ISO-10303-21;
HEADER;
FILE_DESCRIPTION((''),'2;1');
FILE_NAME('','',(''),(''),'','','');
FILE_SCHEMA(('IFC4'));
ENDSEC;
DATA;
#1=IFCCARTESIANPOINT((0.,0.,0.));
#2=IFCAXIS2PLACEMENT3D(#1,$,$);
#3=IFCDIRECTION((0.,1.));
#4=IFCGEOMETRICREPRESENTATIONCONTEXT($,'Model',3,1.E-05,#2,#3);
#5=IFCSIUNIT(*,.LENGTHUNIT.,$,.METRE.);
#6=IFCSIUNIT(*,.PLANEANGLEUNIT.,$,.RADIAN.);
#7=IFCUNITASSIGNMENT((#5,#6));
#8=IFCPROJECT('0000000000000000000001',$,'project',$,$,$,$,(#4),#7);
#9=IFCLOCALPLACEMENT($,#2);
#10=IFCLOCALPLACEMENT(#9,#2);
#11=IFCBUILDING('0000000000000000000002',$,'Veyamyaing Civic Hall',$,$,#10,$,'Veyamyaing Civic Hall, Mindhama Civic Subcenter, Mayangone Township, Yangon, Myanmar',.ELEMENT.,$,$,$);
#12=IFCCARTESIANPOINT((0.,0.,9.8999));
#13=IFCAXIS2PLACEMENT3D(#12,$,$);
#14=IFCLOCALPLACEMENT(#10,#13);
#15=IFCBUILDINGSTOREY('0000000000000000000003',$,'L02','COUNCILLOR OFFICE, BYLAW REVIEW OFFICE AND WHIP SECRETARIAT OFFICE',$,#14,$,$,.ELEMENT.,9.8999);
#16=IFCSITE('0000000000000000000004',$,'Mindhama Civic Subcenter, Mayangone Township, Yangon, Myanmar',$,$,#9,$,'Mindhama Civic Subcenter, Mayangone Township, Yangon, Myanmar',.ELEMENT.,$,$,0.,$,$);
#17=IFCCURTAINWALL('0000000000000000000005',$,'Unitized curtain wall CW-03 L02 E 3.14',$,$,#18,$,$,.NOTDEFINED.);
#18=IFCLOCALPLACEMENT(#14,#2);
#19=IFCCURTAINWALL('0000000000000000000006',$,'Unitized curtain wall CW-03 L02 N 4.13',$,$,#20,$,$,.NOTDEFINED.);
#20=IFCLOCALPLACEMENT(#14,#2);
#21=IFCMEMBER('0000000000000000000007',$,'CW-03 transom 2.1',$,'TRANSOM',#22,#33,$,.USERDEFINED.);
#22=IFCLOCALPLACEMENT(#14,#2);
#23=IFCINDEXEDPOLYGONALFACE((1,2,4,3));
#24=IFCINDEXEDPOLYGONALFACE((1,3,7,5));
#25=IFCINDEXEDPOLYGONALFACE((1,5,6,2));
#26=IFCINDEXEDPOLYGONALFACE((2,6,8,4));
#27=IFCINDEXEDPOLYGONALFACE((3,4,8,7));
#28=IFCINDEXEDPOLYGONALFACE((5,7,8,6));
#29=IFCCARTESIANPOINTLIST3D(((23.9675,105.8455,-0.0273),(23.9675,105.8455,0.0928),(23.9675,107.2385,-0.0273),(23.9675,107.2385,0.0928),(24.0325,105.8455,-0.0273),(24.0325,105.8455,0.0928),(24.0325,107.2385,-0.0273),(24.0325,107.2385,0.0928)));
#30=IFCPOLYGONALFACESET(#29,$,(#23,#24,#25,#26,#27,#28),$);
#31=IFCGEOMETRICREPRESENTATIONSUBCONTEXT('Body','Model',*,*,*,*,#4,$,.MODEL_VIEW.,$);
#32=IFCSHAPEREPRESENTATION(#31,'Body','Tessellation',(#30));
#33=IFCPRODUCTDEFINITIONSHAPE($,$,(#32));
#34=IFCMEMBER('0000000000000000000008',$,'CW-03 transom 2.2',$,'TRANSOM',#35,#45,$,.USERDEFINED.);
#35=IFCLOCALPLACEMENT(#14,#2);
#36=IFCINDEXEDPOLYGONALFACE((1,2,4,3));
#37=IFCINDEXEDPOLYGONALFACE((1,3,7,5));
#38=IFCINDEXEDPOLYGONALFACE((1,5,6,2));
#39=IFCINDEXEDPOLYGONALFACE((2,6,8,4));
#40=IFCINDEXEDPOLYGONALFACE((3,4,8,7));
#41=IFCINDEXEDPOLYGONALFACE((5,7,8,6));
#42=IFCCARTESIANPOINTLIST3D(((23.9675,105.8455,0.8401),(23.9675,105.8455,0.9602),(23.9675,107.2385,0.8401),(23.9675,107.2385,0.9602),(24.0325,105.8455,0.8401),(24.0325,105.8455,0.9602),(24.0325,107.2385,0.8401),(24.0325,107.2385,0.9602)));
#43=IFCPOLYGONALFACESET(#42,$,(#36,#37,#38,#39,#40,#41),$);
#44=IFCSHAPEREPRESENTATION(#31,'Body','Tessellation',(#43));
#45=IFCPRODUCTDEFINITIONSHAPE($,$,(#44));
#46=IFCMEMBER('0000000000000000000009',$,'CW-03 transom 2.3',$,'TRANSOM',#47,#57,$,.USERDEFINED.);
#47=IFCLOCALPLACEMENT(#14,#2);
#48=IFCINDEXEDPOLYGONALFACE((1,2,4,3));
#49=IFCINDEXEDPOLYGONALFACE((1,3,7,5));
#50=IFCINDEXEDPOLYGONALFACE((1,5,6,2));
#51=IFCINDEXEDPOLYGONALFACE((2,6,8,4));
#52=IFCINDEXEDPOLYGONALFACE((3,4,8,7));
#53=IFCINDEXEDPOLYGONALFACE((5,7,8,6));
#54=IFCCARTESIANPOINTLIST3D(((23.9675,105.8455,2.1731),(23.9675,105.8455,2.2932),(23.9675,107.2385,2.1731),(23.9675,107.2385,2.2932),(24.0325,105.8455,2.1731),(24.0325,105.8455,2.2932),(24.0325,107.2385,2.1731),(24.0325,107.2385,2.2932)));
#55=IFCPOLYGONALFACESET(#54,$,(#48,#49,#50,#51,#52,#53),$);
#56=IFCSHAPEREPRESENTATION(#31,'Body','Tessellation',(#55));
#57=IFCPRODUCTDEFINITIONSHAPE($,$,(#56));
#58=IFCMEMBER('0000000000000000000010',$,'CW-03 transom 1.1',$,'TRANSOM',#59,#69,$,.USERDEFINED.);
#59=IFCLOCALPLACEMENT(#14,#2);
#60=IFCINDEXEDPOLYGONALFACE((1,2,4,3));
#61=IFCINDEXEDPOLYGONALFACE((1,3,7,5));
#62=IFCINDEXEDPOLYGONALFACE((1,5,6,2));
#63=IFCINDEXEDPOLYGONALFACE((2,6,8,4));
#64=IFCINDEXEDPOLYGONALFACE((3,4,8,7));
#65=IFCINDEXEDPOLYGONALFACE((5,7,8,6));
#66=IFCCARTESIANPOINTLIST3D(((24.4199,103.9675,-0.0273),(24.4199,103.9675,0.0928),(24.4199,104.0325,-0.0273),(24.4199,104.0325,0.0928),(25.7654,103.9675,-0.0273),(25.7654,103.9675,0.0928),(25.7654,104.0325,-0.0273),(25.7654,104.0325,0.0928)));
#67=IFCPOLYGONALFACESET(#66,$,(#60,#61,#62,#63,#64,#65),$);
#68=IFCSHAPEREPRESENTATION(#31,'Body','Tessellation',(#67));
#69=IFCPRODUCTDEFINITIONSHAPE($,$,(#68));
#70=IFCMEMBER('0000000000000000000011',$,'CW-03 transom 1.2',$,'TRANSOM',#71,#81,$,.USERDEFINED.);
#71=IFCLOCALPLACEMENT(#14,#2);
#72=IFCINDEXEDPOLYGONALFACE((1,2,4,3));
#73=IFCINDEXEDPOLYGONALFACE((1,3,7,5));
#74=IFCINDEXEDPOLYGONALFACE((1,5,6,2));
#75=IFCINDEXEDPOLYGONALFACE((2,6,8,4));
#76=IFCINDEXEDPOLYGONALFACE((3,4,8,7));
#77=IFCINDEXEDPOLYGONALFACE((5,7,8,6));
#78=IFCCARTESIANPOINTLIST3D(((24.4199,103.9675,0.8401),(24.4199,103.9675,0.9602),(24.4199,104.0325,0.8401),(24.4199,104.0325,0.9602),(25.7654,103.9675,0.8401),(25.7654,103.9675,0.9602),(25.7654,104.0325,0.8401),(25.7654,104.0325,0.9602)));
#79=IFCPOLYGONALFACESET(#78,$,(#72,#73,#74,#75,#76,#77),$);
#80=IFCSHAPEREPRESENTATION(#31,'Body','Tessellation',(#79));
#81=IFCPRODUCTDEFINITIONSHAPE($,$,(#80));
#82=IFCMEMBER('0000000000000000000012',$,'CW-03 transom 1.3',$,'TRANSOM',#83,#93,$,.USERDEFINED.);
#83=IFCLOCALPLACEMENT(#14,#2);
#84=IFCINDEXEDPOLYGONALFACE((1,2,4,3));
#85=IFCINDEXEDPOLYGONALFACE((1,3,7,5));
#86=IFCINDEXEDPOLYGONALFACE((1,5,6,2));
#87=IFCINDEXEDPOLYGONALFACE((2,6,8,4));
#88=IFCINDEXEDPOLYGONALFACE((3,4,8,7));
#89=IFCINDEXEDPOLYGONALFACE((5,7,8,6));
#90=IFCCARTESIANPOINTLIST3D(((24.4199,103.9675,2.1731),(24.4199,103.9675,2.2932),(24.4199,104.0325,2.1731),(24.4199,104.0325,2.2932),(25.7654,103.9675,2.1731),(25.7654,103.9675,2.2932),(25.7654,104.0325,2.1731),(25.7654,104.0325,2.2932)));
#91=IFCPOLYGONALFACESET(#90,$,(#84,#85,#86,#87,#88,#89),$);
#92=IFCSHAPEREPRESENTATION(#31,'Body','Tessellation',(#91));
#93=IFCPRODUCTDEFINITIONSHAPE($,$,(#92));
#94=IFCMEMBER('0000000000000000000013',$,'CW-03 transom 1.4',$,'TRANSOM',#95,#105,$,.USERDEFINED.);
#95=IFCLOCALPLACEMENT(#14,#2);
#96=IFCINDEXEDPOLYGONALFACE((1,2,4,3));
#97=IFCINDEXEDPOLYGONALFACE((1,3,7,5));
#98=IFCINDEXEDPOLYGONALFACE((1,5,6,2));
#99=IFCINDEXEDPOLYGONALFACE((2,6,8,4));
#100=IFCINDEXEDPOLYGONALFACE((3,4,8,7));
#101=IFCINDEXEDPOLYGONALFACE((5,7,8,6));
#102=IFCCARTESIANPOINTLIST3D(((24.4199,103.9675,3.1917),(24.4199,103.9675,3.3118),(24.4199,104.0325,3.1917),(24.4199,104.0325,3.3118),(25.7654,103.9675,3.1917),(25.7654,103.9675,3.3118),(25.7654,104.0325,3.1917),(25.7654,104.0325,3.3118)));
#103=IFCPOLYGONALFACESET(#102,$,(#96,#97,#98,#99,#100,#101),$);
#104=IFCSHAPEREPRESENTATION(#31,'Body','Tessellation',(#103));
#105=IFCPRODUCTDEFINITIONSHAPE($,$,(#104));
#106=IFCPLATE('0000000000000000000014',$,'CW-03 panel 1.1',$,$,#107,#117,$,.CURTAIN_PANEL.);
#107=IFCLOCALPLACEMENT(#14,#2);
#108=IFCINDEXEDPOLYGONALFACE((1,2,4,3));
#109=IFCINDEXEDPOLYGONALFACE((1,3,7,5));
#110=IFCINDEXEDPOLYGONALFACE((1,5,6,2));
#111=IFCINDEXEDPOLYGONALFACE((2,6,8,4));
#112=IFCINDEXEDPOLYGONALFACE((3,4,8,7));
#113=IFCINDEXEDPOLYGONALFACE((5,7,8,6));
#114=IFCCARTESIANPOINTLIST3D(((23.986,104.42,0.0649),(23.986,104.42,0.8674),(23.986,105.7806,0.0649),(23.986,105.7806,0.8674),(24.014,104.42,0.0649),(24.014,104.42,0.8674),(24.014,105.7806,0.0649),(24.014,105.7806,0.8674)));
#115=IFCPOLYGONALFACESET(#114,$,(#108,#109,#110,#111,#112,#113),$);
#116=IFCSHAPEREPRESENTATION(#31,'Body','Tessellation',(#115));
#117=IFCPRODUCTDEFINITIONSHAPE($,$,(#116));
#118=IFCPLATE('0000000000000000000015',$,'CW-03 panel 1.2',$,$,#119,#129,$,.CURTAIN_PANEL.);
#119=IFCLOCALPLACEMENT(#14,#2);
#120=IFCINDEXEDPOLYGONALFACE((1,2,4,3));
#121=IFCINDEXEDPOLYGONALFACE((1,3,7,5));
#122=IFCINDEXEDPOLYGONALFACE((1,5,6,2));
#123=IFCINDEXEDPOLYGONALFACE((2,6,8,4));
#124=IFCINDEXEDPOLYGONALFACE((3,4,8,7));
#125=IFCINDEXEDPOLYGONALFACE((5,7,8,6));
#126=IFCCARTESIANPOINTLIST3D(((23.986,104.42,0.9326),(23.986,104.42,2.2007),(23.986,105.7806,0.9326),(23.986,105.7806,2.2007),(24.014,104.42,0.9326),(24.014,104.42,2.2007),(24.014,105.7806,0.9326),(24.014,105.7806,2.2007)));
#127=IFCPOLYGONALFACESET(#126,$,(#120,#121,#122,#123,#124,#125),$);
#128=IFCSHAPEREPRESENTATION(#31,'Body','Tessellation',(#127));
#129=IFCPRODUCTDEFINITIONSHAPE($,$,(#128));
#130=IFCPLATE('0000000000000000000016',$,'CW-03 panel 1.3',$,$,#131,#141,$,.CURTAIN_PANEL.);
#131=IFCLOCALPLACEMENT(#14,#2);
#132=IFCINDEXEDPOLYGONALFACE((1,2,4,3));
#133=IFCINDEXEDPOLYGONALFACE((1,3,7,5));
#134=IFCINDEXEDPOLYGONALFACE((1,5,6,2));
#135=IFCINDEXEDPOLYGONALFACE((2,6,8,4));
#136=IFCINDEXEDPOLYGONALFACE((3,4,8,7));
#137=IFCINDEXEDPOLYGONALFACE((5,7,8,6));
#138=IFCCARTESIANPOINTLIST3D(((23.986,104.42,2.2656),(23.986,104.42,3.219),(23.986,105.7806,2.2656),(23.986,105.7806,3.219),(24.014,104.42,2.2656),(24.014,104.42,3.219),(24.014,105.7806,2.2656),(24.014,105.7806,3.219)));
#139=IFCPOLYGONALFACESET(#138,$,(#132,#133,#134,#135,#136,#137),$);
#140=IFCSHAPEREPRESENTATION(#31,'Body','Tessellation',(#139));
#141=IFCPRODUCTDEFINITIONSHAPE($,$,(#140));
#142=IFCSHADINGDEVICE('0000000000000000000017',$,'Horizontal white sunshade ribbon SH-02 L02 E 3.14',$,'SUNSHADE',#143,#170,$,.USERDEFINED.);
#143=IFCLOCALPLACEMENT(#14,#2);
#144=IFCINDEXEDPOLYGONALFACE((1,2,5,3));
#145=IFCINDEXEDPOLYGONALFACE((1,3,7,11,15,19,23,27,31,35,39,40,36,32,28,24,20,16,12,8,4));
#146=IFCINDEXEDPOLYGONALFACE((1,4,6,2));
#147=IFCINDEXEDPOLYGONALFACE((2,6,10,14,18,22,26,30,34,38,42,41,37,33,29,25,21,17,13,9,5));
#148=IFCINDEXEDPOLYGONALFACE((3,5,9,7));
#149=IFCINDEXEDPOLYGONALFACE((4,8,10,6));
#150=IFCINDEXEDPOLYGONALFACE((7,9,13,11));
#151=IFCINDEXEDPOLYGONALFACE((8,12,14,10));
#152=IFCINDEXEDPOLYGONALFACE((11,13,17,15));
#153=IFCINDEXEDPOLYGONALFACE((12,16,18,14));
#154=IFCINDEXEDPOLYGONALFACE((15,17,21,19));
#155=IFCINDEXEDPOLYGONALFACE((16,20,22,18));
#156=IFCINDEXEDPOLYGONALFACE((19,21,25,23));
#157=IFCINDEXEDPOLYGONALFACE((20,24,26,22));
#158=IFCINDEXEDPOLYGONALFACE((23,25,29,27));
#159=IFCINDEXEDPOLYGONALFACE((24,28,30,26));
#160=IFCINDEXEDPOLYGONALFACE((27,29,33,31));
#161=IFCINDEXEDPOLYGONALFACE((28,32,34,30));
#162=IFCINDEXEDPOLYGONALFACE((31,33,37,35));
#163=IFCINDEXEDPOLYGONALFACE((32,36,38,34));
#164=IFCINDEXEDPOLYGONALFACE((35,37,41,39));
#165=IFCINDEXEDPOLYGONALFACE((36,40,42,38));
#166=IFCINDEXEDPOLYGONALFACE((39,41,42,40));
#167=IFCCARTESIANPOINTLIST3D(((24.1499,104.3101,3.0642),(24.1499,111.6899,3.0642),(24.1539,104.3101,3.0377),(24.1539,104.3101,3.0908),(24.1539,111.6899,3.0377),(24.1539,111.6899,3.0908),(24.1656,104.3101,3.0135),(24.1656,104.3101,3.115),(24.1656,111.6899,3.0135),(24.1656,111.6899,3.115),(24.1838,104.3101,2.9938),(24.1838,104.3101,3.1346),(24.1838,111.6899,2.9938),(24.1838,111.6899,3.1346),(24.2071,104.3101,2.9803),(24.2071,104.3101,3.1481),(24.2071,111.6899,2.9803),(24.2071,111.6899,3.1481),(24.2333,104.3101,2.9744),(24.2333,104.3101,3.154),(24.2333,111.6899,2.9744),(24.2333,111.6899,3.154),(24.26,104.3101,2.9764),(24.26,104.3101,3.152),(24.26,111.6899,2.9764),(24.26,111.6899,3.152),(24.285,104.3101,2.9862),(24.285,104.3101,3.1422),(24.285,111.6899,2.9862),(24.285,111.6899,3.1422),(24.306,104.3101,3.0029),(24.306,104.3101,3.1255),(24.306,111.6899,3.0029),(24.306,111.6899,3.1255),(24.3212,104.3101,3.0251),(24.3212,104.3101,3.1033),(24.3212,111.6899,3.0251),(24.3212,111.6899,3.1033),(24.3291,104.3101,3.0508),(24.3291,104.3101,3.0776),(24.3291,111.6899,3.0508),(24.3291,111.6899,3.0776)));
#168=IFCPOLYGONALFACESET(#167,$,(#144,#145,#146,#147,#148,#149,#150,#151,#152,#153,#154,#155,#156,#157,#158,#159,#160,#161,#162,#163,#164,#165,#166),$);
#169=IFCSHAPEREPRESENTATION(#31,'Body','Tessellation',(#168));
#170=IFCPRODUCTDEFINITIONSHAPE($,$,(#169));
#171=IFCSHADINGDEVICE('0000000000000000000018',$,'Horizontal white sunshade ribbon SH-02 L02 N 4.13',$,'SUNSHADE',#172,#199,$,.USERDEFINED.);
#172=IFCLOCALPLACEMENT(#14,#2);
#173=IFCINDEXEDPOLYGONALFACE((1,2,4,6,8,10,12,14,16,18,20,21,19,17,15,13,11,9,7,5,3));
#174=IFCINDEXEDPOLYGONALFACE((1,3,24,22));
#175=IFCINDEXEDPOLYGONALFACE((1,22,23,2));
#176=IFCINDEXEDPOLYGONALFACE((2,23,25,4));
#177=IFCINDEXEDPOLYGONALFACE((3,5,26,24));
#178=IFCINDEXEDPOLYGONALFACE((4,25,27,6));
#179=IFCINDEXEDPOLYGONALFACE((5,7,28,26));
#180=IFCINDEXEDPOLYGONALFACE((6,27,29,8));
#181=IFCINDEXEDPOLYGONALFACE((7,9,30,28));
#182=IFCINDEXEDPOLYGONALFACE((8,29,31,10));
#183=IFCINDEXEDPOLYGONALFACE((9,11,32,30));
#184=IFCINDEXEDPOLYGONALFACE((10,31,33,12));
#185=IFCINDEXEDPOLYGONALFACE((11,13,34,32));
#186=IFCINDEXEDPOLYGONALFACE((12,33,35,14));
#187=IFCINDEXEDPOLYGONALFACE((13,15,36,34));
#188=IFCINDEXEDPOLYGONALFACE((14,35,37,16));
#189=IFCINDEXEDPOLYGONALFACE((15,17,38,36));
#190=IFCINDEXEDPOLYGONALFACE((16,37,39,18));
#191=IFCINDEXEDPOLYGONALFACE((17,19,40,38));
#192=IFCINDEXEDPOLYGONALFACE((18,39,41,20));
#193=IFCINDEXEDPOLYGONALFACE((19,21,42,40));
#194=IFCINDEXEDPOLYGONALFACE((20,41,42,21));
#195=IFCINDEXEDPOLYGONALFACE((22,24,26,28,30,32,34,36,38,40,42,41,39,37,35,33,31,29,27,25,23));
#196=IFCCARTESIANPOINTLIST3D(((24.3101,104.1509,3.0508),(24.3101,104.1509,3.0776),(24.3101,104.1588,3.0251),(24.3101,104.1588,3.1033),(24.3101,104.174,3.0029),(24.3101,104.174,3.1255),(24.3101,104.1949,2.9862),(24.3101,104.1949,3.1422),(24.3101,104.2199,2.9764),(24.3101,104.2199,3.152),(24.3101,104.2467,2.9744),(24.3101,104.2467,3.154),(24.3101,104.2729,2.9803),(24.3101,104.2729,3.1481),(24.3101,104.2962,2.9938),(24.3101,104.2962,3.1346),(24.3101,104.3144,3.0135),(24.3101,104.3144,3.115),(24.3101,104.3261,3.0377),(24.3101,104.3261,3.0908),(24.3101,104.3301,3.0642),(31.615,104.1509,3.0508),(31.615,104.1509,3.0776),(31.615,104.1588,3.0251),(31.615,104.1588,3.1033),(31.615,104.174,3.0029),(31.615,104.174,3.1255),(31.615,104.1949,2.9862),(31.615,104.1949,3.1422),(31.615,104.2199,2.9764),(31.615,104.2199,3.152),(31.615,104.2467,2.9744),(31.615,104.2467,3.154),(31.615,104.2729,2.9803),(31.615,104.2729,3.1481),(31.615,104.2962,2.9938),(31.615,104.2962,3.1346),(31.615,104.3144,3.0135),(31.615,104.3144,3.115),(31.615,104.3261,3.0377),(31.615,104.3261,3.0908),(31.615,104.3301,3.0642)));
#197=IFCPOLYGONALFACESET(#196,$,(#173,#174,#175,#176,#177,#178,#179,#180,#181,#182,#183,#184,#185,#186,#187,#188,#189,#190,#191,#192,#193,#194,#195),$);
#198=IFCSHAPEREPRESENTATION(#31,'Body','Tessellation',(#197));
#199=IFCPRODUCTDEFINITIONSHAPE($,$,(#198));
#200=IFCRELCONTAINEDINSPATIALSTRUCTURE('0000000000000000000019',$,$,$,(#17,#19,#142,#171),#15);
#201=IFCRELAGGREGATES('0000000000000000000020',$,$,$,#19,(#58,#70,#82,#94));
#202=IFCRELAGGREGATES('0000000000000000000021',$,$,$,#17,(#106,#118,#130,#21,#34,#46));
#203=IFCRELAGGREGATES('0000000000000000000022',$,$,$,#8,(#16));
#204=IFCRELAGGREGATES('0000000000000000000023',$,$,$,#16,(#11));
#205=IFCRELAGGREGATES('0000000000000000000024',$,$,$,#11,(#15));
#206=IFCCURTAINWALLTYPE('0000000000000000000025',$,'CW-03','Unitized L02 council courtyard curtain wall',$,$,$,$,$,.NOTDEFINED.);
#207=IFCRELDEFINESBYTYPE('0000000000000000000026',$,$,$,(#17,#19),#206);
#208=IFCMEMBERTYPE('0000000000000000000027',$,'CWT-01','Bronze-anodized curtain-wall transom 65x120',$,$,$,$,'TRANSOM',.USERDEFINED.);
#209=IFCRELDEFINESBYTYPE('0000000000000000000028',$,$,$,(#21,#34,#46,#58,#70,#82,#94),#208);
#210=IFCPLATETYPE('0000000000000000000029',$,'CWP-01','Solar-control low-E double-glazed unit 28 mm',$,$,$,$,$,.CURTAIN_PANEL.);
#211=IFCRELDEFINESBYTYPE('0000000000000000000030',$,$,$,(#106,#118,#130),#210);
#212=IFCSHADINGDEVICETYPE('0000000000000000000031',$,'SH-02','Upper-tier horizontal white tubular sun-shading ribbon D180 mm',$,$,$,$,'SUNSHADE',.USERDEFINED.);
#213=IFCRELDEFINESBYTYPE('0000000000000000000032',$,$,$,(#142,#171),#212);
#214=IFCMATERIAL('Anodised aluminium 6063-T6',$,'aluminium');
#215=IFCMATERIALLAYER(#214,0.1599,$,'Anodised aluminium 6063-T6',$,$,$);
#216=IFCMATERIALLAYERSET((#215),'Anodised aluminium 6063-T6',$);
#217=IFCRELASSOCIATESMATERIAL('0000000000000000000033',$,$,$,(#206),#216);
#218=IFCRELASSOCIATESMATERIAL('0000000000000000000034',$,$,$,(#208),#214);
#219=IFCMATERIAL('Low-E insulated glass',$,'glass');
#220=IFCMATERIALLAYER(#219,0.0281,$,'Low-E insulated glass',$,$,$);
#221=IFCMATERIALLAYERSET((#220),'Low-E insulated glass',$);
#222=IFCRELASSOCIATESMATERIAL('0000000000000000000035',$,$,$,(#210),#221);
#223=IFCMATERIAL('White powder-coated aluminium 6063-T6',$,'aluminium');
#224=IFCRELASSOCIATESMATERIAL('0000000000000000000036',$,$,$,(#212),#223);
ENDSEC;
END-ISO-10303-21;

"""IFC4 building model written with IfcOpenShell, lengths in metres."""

from ifc_helpers import new_model, si_unit, direction, frame, origin, origin_2d, place, context, subcontext, project, spatial, rectangle, circle, extrude, material, layer, layer_set, material_profile, profile_set, type_object, element, aggregate, save


model = new_model("IFC4")

# Units and contexts
model_context = context("Model", 3, precision=1e-05, world=origin(), true_north=direction((0.0, 1.0)))
body_context = subcontext(model_context, "Body", "Model", "MODEL_VIEW")
ifc_project = project(units=[si_unit("LENGTHUNIT", "METRE"), si_unit("PLANEANGLEUNIT", "RADIAN")], contexts=[model_context])

# Site, building, storey
site_placement = place(None, origin())
site = spatial("IfcSite", under=ifc_project, at=site_placement, Name="Mindhama Civic Subcenter, Mayangone Township, Yangon, Myanmar", LongName="Mindhama Civic Subcenter, Mayangone Township, Yangon, Myanmar", CompositionType="ELEMENT", RefElevation=0.0)
building_placement = place(site_placement, origin())
building = spatial("IfcBuilding", under=site, at=building_placement, Name="Veyamyaing Civic Hall", LongName="Veyamyaing Civic Hall, Mindhama Civic Subcenter, Mayangone Township, Yangon, Myanmar", CompositionType="ELEMENT")
storey_placement = place(building_placement, frame((0.0, 0.0, 9.8999)))
storey = spatial("IfcBuildingStorey", under=building, at=storey_placement, Name="L02", Description="COUNCILLOR OFFICE, BYLAW REVIEW OFFICE AND WHIP SECRETARIAT OFFICE", CompositionType="ELEMENT", Elevation=9.8999)

# Curtain wall
ifc_material_1 = material(Name="Anodised aluminium 6063-T6", Category="aluminium")
ifc_layer_1 = layer(ifc_material_1, 0.1599, Name="Anodised aluminium 6063-T6")
ifc_layer_set_1 = layer_set([ifc_layer_1], Name="Anodised aluminium 6063-T6")
curtain_wall_type = type_object("IfcCurtainWallType", Name="CW-03", Description="Unitized L02 council courtyard curtain wall", PredefinedType="NOTDEFINED", material=ifc_layer_set_1)
curtain_wall_1_placement = place(storey_placement, origin())
curtain_wall_1 = element("IfcCurtainWall", 1, at=curtain_wall_1_placement, inside=storey, type_object=curtain_wall_type, Name="Unitized curtain wall CW-03 L02 E 3.14", PredefinedType="NOTDEFINED")

# Curtain wall
curtain_wall_2_placement = place(storey_placement, origin())
curtain_wall_2 = element("IfcCurtainWall", 2, at=curtain_wall_2_placement, inside=storey, type_object=curtain_wall_type, Name="Unitized curtain wall CW-03 L02 N 4.13", PredefinedType="NOTDEFINED")

# Members
ifc_material_profile_1 = material_profile(ifc_material_1, rectangle(XDim=0.0649, YDim=0.1201, at=origin_2d()), Name="ALU-TRN-65X120")
ifc_profile_set_1 = profile_set([ifc_material_profile_1], Name="Anodised aluminium 6063-T6")
member_type_1 = type_object("IfcMemberType", Name="CWT-01", Description="Bronze-anodized curtain-wall transom 65x120", ElementType="TRANSOM", PredefinedType="USERDEFINED", material=ifc_profile_set_1)
member_1_placement = place(storey_placement, frame((24.0, 105.8455, 0.0327), z_axis=(0.0, 1.0, 0.0), x_axis=(-1.0, 0.0, 0.0)))
member_1 = element("IfcMember", 3, at=member_1_placement, type_object=member_type_1, Name="CW-03 transom 2.1", ObjectType="TRANSOM", PredefinedType="USERDEFINED", context=body_context, shape_type="SweptSolid", body=[
    extrude(rectangle(XDim=0.0649, YDim=0.1201, at=origin_2d()), origin(), (0.0, 0.0, 1.0), 1.3931),
])
member_2_placement = place(storey_placement, frame((24.0, 105.8455, 0.9001), z_axis=(0.0, 1.0, 0.0), x_axis=(-1.0, 0.0, 0.0)))
member_2 = element("IfcMember", 4, at=member_2_placement, type_object=member_type_1, Name="CW-03 transom 2.2", ObjectType="TRANSOM", PredefinedType="USERDEFINED", context=body_context, shape_type="SweptSolid", body=[
    extrude(rectangle(XDim=0.0649, YDim=0.1201, at=origin_2d()), origin(), (0.0, 0.0, 1.0), 1.3931),
])
member_3_placement = place(storey_placement, frame((24.0, 105.8455, 2.2332), z_axis=(0.0, 1.0, 0.0), x_axis=(-1.0, 0.0, 0.0)))
member_3 = element("IfcMember", 5, at=member_3_placement, type_object=member_type_1, Name="CW-03 transom 2.3", ObjectType="TRANSOM", PredefinedType="USERDEFINED", context=body_context, shape_type="SweptSolid", body=[
    extrude(rectangle(XDim=0.0649, YDim=0.1201, at=origin_2d()), origin(), (0.0, 0.0, 1.0), 1.3931),
])
member_4_placement = place(storey_placement, frame((24.4199, 104.0, 0.0327), z_axis=(1.0, 0.0, 0.0), x_axis=(0.0, 1.0, 0.0)))
member_4 = element("IfcMember", 6, at=member_4_placement, type_object=member_type_1, Name="CW-03 transom 1.1", ObjectType="TRANSOM", PredefinedType="USERDEFINED", context=body_context, shape_type="SweptSolid", body=[
    extrude(rectangle(XDim=0.0649, YDim=0.1201, at=origin_2d()), origin(), (0.0, 0.0, 1.0), 1.3455),
])
member_5_placement = place(storey_placement, frame((24.4199, 104.0, 0.9001), z_axis=(1.0, 0.0, 0.0), x_axis=(0.0, 1.0, 0.0)))
member_5 = element("IfcMember", 7, at=member_5_placement, type_object=member_type_1, Name="CW-03 transom 1.2", ObjectType="TRANSOM", PredefinedType="USERDEFINED", context=body_context, shape_type="SweptSolid", body=[
    extrude(rectangle(XDim=0.0649, YDim=0.1201, at=origin_2d()), origin(), (0.0, 0.0, 1.0), 1.3455),
])
member_6_placement = place(storey_placement, frame((24.4199, 104.0, 2.2332), z_axis=(1.0, 0.0, 0.0), x_axis=(0.0, 1.0, 0.0)))
member_6 = element("IfcMember", 8, at=member_6_placement, type_object=member_type_1, Name="CW-03 transom 1.3", ObjectType="TRANSOM", PredefinedType="USERDEFINED", context=body_context, shape_type="SweptSolid", body=[
    extrude(rectangle(XDim=0.0649, YDim=0.1201, at=origin_2d()), origin(), (0.0, 0.0, 1.0), 1.3455),
])
member_7_placement = place(storey_placement, frame((24.4199, 104.0, 3.2517), z_axis=(1.0, 0.0, 0.0), x_axis=(0.0, 1.0, 0.0)))
member_7 = element("IfcMember", 9, at=member_7_placement, type_object=member_type_1, Name="CW-03 transom 1.4", ObjectType="TRANSOM", PredefinedType="USERDEFINED", context=body_context, shape_type="SweptSolid", body=[
    extrude(rectangle(XDim=0.0649, YDim=0.1201, at=origin_2d()), origin(), (0.0, 0.0, 1.0), 1.3455),
])
aggregate(curtain_wall_2, [member_4, member_5, member_6, member_7])

# Plates
ifc_material_2 = material(Name="Low-E insulated glass", Category="glass")
ifc_layer_2 = layer(ifc_material_2, 0.0281, Name="Low-E insulated glass")
ifc_layer_set_2 = layer_set([ifc_layer_2], Name="Low-E insulated glass")
plate_type = type_object("IfcPlateType", Name="CWP-01", Description="Solar-control low-E double-glazed unit 28 mm", PredefinedType="CURTAIN_PANEL", material=ifc_layer_set_2)
plate_1_placement = place(storey_placement, frame((24.0, 105.1003, 0.0649), z_axis=(0.0, 0.0, 1.0), x_axis=(0.0, 1.0, 0.0)))
plate_1 = element("IfcPlate", 10, at=plate_1_placement, type_object=plate_type, Name="CW-03 panel 1.1", PredefinedType="CURTAIN_PANEL", context=body_context, shape_type="SweptSolid", body=[
    extrude(rectangle(XDim=1.3606, YDim=0.0281, at=origin_2d()), origin(), (0.0, 0.0, 1.0), 0.8025),
])
plate_2_placement = place(storey_placement, frame((24.0, 105.1003, 0.9326), z_axis=(0.0, 0.0, 1.0), x_axis=(0.0, 1.0, 0.0)))
plate_2 = element("IfcPlate", 11, at=plate_2_placement, type_object=plate_type, Name="CW-03 panel 1.2", PredefinedType="CURTAIN_PANEL", context=body_context, shape_type="SweptSolid", body=[
    extrude(rectangle(XDim=1.3606, YDim=0.0281, at=origin_2d()), origin(), (0.0, 0.0, 1.0), 1.2681),
])
plate_3_placement = place(storey_placement, frame((24.0, 105.1003, 2.2656), z_axis=(0.0, 0.0, 1.0), x_axis=(0.0, 1.0, 0.0)))
plate_3 = element("IfcPlate", 12, at=plate_3_placement, type_object=plate_type, Name="CW-03 panel 1.3", PredefinedType="CURTAIN_PANEL", context=body_context, shape_type="SweptSolid", body=[
    extrude(rectangle(XDim=1.3606, YDim=0.0281, at=origin_2d()), origin(), (0.0, 0.0, 1.0), 0.9534),
])
aggregate(curtain_wall_1, [plate_1, plate_2, plate_3, member_1, member_2, member_3])

# Shading devices
ifc_material_3 = material(Name="White powder-coated aluminium 6063-T6", Category="aluminium")
ifc_material_profile_2 = material_profile(ifc_material_3, circle(Radius=0.0901, at=origin_2d()), Name="SHADE-TUBE-180")
ifc_profile_set_2 = profile_set([ifc_material_profile_2], Name="White powder-coated aluminium 6063-T6")
shading_device_type = type_object("IfcShadingDeviceType", Name="SH-02", Description="Upper-tier horizontal white tubular sun-shading ribbon D180 mm", ElementType="SUNSHADE", PredefinedType="USERDEFINED", material=ifc_profile_set_2)
shading_device_1_placement = place(storey_placement, frame((24.24, 104.3101, 3.0642), z_axis=(0.0, 1.0, 0.0), x_axis=(-1.0, 0.0, 0.0)))
element("IfcShadingDevice", 13, at=shading_device_1_placement, inside=storey, type_object=shading_device_type, Name="Horizontal white sunshade ribbon SH-02 L02 E 3.14", ObjectType="SUNSHADE", PredefinedType="USERDEFINED", context=body_context, shape_type="SweptSolid", body=[
    extrude(circle(Radius=0.0901, at=origin_2d()), origin(), (0.0, 0.0, 1.0), 7.3799),
])
shading_device_2_placement = place(storey_placement, frame((24.3101, 104.24, 3.0642), z_axis=(1.0, 0.0, 0.0), x_axis=(0.0, 1.0, 0.0)))
element("IfcShadingDevice", 14, at=shading_device_2_placement, inside=storey, type_object=shading_device_type, Name="Horizontal white sunshade ribbon SH-02 L02 N 4.13", ObjectType="SUNSHADE", PredefinedType="USERDEFINED", context=body_context, shape_type="SweptSolid", body=[
    extrude(circle(Radius=0.0901, at=origin_2d()), origin(), (0.0, 0.0, 1.0), 7.3049),
])

save(model, "model.ifc")
